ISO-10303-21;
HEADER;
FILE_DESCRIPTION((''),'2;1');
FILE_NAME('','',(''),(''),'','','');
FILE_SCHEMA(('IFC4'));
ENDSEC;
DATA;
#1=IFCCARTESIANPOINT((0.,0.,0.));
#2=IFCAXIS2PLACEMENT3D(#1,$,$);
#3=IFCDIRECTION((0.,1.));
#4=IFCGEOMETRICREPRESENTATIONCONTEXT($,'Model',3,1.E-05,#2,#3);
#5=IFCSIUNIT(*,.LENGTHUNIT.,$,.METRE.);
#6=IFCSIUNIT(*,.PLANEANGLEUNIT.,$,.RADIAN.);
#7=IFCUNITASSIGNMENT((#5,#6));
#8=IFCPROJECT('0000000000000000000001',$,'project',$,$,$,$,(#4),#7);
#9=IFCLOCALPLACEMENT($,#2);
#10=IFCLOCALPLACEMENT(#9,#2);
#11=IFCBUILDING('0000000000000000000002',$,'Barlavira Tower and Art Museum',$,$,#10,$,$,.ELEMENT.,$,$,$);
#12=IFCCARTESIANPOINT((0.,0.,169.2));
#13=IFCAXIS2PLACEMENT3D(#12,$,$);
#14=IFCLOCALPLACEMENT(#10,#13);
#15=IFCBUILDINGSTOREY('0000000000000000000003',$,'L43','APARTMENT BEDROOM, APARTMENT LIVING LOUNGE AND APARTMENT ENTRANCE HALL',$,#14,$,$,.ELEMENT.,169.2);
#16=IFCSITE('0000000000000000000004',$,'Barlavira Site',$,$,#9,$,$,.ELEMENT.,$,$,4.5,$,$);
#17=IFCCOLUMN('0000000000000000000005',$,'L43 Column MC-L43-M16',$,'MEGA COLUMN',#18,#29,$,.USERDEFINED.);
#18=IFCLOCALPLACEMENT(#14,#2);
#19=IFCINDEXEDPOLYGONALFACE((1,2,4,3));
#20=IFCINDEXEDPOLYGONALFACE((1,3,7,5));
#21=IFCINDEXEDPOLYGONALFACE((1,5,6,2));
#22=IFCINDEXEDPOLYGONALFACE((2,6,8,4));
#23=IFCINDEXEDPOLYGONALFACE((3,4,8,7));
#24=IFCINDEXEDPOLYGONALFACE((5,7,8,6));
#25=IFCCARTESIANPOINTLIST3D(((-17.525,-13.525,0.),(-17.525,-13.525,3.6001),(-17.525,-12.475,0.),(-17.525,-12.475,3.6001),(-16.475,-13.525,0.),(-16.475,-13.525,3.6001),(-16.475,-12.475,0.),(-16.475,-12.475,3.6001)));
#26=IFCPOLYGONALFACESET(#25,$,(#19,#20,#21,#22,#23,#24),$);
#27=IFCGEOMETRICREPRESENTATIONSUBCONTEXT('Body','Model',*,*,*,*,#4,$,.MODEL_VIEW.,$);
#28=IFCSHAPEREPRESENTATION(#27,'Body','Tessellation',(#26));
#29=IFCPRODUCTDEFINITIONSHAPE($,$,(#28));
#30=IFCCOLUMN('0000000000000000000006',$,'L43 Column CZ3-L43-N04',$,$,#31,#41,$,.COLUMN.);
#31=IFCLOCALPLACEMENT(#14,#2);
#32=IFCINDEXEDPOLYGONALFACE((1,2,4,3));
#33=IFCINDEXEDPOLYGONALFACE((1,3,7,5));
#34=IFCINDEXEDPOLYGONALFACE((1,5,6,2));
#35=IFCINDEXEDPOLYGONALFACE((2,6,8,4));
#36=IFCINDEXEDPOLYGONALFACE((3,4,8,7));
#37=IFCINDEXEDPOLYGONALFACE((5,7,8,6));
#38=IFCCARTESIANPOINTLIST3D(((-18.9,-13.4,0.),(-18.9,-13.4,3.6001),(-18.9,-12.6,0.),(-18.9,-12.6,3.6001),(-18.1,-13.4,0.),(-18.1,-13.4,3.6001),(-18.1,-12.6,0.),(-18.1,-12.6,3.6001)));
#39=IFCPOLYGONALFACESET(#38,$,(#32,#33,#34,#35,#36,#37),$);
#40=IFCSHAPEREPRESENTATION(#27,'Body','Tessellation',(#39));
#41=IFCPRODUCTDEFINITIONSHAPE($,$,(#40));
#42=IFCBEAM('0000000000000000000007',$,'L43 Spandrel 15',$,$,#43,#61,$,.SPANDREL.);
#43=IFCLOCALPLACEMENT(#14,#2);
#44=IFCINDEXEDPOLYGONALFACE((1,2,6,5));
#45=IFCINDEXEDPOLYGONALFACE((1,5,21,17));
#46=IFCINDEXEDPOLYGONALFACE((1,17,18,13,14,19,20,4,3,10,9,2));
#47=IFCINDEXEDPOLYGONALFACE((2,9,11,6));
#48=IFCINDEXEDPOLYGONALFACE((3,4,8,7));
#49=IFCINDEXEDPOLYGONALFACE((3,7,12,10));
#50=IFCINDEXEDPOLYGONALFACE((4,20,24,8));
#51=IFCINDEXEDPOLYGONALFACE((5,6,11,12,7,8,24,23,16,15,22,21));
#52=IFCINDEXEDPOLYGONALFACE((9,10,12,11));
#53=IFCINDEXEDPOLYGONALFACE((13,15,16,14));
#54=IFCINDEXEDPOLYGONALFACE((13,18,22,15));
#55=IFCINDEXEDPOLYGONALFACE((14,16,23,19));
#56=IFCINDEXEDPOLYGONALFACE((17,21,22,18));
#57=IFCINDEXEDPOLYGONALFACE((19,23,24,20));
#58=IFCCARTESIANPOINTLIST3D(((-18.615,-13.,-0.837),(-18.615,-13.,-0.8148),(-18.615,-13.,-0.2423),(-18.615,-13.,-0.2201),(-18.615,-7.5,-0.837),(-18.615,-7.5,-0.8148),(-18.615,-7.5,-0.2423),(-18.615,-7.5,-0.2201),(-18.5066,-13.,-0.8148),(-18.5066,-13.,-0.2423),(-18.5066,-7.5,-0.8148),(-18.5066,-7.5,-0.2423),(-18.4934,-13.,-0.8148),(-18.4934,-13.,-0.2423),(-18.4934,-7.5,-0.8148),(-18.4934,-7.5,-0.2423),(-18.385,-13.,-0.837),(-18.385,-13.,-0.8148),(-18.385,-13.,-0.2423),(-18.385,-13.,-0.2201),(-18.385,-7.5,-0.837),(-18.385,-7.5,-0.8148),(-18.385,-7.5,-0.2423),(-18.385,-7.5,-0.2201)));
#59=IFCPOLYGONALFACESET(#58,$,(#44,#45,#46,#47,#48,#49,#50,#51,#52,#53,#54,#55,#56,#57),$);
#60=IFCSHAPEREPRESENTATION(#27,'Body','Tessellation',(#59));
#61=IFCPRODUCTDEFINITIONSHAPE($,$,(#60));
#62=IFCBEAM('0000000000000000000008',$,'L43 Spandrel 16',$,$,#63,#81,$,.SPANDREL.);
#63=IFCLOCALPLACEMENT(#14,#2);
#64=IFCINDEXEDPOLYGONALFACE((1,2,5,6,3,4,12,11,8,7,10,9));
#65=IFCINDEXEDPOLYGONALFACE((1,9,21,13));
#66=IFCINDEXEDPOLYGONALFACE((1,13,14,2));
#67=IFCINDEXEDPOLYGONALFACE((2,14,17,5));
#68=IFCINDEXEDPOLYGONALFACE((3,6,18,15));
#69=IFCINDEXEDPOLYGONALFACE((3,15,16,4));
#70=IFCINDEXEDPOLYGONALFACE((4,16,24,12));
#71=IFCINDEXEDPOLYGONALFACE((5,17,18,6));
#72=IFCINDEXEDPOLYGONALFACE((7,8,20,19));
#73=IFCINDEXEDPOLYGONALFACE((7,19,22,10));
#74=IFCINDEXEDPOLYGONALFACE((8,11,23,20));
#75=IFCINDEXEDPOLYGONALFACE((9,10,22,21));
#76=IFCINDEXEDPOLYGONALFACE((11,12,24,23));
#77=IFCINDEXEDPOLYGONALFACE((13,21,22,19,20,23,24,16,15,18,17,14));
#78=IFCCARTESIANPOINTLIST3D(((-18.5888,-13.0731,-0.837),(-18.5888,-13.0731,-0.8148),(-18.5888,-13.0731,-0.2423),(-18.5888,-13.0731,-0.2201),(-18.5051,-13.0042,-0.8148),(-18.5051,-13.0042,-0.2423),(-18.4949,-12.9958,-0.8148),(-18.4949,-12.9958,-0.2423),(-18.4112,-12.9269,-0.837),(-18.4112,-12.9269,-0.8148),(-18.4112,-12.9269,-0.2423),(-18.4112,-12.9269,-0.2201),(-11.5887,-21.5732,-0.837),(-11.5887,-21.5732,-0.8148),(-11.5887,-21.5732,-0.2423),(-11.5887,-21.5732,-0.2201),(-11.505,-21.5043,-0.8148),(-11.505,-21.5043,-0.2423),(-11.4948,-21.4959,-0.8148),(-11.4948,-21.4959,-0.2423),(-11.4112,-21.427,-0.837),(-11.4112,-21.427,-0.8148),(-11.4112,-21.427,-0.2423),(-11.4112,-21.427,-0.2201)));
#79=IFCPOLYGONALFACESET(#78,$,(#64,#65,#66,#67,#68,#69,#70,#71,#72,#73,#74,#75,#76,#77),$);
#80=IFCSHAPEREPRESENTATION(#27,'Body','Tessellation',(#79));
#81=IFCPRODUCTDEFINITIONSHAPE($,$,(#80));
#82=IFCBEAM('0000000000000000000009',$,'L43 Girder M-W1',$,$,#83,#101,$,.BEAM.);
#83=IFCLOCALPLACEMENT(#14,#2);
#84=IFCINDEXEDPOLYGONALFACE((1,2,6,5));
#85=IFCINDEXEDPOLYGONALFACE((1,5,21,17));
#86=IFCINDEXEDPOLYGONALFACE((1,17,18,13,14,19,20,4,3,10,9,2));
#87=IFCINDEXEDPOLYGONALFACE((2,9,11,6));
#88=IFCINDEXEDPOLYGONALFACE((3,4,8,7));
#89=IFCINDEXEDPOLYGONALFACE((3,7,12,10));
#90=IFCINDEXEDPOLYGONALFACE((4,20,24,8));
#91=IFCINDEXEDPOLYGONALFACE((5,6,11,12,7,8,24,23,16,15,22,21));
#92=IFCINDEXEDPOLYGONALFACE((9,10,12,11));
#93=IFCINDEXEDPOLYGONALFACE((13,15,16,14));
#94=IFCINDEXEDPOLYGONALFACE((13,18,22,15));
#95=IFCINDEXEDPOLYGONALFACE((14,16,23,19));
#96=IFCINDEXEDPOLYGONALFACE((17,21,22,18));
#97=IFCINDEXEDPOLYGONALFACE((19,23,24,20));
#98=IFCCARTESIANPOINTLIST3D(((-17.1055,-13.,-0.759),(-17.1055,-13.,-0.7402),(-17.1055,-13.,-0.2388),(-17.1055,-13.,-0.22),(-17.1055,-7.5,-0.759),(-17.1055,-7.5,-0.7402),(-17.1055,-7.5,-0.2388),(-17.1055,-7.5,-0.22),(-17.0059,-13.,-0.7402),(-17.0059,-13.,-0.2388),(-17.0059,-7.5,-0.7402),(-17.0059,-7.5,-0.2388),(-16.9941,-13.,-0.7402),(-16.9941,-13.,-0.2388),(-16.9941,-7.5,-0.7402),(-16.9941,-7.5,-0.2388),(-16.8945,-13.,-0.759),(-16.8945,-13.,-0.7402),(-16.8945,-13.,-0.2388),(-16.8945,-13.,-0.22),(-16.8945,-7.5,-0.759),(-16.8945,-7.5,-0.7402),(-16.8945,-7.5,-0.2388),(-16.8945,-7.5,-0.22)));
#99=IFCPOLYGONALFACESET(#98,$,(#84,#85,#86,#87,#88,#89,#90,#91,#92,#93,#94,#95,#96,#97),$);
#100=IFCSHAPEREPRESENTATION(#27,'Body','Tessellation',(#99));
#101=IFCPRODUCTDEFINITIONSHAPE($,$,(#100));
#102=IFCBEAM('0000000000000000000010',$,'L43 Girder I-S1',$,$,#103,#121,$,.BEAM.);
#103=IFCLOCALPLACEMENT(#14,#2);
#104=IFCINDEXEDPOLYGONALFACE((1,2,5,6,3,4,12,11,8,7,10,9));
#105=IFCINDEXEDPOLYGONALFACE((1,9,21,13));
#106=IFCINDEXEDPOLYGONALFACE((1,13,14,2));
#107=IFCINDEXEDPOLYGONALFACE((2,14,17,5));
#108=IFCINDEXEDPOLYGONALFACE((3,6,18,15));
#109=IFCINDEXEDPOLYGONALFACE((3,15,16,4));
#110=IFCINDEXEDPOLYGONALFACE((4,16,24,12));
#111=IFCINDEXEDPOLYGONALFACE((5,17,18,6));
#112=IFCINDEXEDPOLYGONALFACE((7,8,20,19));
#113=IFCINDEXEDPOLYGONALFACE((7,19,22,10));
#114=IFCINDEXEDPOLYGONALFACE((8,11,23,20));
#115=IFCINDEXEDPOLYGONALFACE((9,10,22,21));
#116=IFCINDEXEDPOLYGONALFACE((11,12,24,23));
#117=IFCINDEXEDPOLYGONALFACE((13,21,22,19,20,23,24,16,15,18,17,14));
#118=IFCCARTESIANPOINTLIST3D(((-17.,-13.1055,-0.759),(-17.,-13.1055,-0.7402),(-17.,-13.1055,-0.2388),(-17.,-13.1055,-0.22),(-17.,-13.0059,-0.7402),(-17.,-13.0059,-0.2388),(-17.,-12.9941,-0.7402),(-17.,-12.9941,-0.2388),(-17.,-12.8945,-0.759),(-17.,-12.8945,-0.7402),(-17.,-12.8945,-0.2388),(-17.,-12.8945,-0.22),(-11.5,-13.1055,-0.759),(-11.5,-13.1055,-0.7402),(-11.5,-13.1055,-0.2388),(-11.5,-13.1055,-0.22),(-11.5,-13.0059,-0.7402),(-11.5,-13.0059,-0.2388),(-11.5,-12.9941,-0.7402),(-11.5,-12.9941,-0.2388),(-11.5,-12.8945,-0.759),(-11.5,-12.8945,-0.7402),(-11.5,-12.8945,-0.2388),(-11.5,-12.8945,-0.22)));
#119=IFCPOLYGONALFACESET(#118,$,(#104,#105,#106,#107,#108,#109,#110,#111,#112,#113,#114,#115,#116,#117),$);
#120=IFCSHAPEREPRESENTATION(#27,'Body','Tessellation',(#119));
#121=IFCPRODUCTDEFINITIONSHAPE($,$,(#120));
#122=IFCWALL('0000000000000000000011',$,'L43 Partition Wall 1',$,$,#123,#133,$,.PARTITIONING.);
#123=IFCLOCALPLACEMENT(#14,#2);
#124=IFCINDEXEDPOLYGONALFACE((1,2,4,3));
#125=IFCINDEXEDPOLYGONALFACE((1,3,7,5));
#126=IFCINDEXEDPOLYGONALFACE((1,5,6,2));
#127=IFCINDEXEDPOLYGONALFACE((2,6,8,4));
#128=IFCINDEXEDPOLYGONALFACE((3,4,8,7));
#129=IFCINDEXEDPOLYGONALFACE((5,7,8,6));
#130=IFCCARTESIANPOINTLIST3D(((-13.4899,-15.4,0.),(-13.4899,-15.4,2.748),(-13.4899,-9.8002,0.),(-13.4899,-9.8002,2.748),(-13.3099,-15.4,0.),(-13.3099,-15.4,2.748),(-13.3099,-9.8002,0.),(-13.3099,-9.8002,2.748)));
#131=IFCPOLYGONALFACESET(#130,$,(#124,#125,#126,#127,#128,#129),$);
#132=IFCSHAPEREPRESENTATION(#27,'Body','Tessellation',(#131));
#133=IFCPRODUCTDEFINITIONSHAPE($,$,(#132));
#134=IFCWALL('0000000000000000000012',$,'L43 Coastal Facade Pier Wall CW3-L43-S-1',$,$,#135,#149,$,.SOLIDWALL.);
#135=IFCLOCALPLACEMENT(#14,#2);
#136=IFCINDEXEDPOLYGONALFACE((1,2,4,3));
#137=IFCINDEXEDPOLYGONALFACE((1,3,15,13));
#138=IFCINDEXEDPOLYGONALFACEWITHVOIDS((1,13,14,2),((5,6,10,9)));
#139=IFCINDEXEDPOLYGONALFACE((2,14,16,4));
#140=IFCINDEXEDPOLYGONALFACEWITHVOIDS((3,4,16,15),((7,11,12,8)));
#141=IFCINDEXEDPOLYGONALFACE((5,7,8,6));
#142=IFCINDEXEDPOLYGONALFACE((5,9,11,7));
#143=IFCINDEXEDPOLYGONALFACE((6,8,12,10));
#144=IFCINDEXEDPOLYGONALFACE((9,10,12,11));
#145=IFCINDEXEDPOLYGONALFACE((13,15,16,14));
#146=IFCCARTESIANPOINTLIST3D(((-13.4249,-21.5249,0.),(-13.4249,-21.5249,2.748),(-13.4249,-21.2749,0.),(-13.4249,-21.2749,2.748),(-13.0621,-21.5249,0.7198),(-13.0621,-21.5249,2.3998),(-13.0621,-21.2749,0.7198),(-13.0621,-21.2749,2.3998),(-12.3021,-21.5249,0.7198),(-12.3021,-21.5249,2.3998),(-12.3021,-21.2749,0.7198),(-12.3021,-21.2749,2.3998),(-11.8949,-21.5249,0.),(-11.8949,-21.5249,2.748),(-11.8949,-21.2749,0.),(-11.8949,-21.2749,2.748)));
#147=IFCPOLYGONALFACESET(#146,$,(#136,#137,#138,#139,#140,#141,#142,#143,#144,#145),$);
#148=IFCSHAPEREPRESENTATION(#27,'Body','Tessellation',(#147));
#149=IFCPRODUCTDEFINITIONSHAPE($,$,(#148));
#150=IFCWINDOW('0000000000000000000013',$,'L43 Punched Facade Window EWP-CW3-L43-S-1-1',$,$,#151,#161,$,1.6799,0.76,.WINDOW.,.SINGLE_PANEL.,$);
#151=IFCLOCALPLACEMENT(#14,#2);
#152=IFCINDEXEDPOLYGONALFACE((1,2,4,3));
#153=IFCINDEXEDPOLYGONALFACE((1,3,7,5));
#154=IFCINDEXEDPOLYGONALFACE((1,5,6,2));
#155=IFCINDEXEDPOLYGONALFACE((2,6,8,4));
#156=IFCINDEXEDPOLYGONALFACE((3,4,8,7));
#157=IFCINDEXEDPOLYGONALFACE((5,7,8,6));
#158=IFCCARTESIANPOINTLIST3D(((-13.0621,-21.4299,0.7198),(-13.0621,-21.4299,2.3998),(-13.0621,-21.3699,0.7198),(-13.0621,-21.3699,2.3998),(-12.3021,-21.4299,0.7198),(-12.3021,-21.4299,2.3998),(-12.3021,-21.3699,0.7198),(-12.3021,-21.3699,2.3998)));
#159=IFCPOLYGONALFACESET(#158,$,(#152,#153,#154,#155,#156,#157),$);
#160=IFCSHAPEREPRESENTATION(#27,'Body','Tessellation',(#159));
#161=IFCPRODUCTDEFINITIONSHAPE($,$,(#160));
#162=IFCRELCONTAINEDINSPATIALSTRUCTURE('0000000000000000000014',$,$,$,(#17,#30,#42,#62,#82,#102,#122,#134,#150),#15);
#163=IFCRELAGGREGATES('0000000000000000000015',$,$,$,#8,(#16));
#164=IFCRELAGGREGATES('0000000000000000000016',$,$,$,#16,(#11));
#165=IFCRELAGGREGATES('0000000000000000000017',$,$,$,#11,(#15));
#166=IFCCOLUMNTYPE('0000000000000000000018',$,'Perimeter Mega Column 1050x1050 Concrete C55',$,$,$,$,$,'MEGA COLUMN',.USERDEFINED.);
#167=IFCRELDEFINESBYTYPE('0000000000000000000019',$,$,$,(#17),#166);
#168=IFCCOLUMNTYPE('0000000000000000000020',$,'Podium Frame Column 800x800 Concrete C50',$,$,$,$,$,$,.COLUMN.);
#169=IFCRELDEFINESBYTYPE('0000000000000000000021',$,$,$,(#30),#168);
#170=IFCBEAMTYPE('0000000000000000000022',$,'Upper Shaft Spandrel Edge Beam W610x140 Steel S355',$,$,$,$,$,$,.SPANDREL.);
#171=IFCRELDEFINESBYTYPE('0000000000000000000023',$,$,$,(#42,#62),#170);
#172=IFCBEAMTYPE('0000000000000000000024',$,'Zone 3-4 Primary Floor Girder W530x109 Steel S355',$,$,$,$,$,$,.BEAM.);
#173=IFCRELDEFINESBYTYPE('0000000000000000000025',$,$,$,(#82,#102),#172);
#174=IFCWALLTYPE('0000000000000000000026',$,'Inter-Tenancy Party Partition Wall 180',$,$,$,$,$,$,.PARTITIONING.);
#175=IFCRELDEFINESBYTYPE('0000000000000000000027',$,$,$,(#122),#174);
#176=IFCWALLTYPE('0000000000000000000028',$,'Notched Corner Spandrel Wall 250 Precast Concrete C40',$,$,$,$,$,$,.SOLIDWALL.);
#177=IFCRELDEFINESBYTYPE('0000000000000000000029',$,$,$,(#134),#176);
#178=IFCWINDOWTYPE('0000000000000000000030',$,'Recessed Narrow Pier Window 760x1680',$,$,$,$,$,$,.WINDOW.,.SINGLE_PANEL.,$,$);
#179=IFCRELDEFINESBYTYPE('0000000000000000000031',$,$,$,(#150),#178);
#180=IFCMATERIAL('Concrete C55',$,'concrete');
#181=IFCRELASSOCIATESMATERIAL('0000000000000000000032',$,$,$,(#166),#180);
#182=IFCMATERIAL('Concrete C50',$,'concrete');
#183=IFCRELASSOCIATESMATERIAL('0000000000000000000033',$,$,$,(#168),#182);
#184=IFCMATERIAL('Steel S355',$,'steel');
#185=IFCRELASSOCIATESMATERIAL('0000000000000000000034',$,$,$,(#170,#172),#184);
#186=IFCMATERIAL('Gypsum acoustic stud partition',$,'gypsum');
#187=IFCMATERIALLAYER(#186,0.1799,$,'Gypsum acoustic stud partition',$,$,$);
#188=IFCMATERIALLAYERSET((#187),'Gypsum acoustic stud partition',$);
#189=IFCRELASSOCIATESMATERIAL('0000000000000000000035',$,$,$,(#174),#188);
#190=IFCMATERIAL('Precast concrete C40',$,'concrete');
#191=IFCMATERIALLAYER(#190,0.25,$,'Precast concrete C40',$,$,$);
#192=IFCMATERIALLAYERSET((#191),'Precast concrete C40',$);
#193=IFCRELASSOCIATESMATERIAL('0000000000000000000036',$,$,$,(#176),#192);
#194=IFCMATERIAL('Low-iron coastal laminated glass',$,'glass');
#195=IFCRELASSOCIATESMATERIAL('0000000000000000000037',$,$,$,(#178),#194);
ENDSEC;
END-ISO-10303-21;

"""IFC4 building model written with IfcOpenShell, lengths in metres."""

from ifc_helpers import new_model, si_unit, direction, frame, frame_2d, origin, origin_2d, place, context, subcontext, project, spatial, rectangle, i_section, extrude, material, layer, layer_set, material_profile, profile_set, type_object, element, fill, save


model = new_model("IFC4")

# Units and contexts
model_context = context("Model", 3, precision=1e-05, world=origin(), true_north=direction((0.0, 1.0)))
body_context = subcontext(model_context, "Body", "Model", "MODEL_VIEW")
ifc_project = project(units=[si_unit("LENGTHUNIT", "METRE"), si_unit("PLANEANGLEUNIT", "RADIAN")], contexts=[model_context])

# Site, building, storey
site_placement = place(None, origin())
site = spatial("IfcSite", under=ifc_project, at=site_placement, Name="Barlavira Site", CompositionType="ELEMENT", RefElevation=4.5)
building_placement = place(site_placement, origin())
building = spatial("IfcBuilding", under=site, at=building_placement, Name="Barlavira Tower and Art Museum", CompositionType="ELEMENT")
storey_placement = place(building_placement, frame((0.0, 0.0, 169.2)))
storey = spatial("IfcBuildingStorey", under=building, at=storey_placement, Name="L43", Description="APARTMENT BEDROOM, APARTMENT LIVING LOUNGE AND APARTMENT ENTRANCE HALL", CompositionType="ELEMENT", Elevation=169.2)

# Columns
ifc_material_1 = material(Name="Concrete C55", Category="concrete")
ifc_material_profile_1 = material_profile(ifc_material_1, rectangle(XDim=1.05, YDim=1.05, at=origin_2d()), Name="RC-COL 1050x1050")
ifc_profile_set_1 = profile_set([ifc_material_profile_1], Name="Concrete C55")
column_type_1 = type_object("IfcColumnType", Name="Perimeter Mega Column 1050x1050 Concrete C55", ElementType="MEGA COLUMN", PredefinedType="USERDEFINED", material=ifc_profile_set_1)
column_1_placement = place(storey_placement, frame((-17.0, -13.0, 0.0), z_axis=(0.0, 0.0, 1.0), x_axis=(1.0, 0.0, 0.0)))
element("IfcColumn", 1, at=column_1_placement, inside=storey, type_object=column_type_1, Name="L43 Column MC-L43-M16", ObjectType="MEGA COLUMN", PredefinedType="USERDEFINED", context=body_context, shape_type="SweptSolid", body=[
    extrude(rectangle(XDim=1.05, YDim=1.05, at=origin_2d()), origin(), (0.0, 0.0, 1.0), 3.6001),
])
ifc_material_2 = material(Name="Concrete C50", Category="concrete")
ifc_material_profile_2 = material_profile(ifc_material_2, rectangle(XDim=0.8, YDim=0.8, at=origin_2d()), Name="RC-COL 800x800")
ifc_profile_set_2 = profile_set([ifc_material_profile_2], Name="Concrete C50")
column_type_2 = type_object("IfcColumnType", Name="Podium Frame Column 800x800 Concrete C50", PredefinedType="COLUMN", material=ifc_profile_set_2)
column_2_placement = place(storey_placement, frame((-18.5, -13.0, 0.0), z_axis=(0.0, 0.0, 1.0), x_axis=(1.0, 0.0, 0.0)))
element("IfcColumn", 2, at=column_2_placement, inside=storey, type_object=column_type_2, Name="L43 Column CZ3-L43-N04", PredefinedType="COLUMN", context=body_context, shape_type="SweptSolid", body=[
    extrude(rectangle(XDim=0.8, YDim=0.8, at=origin_2d()), origin(), (0.0, 0.0, 1.0), 3.6001),
])

# Beams
ifc_material_3 = material(Name="Steel S355", Category="steel")
ifc_material_profile_3 = material_profile(ifc_material_3, i_section(OverallWidth=0.23, OverallDepth=0.6169, WebThickness=0.0132, FlangeThickness=0.0222, at=origin_2d()), Name="W610x140.0")
ifc_profile_set_3 = profile_set([ifc_material_profile_3], Name="Steel S355")
beam_type_1 = type_object("IfcBeamType", Name="Upper Shaft Spandrel Edge Beam W610x140 Steel S355", PredefinedType="SPANDREL", material=ifc_profile_set_3)
beam_1_placement = place(storey_placement, frame((-18.5, -13.0, -0.5286), z_axis=(0.0, 1.0, 0.0), x_axis=(-1.0, 0.0, 0.0)))
element("IfcBeam", 3, at=beam_1_placement, inside=storey, type_object=beam_type_1, Name="L43 Spandrel 15", PredefinedType="SPANDREL", context=body_context, shape_type="SweptSolid", body=[
    extrude(i_section(OverallWidth=0.23, OverallDepth=0.6169, WebThickness=0.0132, FlangeThickness=0.0222, at=origin_2d()), origin(), (0.0, 0.0, 1.0), 5.5),
])
beam_2_placement = place(storey_placement, frame((-18.5, -13.0, -0.5286), z_axis=(0.635707, -0.77193, 0.0), x_axis=(0.77193, 0.635707, 0.0)))
element("IfcBeam", 4, at=beam_2_placement, inside=storey, type_object=beam_type_1, Name="L43 Spandrel 16", PredefinedType="SPANDREL", context=body_context, shape_type="SweptSolid", body=[
    extrude(i_section(OverallWidth=0.23, OverallDepth=0.6169, WebThickness=0.0132, FlangeThickness=0.0222, at=origin_2d()), origin(), (0.0, 0.0, 1.0), 11.0115),
])
ifc_material_profile_4 = material_profile(ifc_material_3, i_section(OverallWidth=0.2109, OverallDepth=0.5391, WebThickness=0.0117, FlangeThickness=0.0188, at=origin_2d()), Name="W530x109.0")
ifc_profile_set_4 = profile_set([ifc_material_profile_4], Name="Steel S355")
beam_type_2 = type_object("IfcBeamType", Name="Zone 3-4 Primary Floor Girder W530x109 Steel S355", PredefinedType="BEAM", material=ifc_profile_set_4)
for number, where, z_axis, x_axis, name in (
    (5, (-17.0, -13.0, -0.4895), (0.0, 1.0, 0.0), (-1.0, 0.0, 0.0), "L43 Girder M-W1"),
    (6, (-17.0, -13.0, -0.4895), (1.0, 0.0, 0.0), (0.0, 1.0, 0.0), "L43 Girder I-S1"),
):
    element("IfcBeam", number, at=place(storey_placement, frame(where, z_axis=z_axis, x_axis=x_axis)), inside=storey, type_object=beam_type_2, Name=name, PredefinedType="BEAM", context=body_context, shape_type="SweptSolid", body=[
        extrude(i_section(OverallWidth=0.2109, OverallDepth=0.5391, WebThickness=0.0117, FlangeThickness=0.0188, at=origin_2d()), origin(), (0.0, 0.0, 1.0), 5.5),
    ])

# Wall
ifc_material_4 = material(Name="Gypsum acoustic stud partition", Category="gypsum")
ifc_layer_1 = layer(ifc_material_4, 0.1799, Name="Gypsum acoustic stud partition")
ifc_layer_set_1 = layer_set([ifc_layer_1], Name="Gypsum acoustic stud partition")
wall_type_1 = type_object("IfcWallType", Name="Inter-Tenancy Party Partition Wall 180", PredefinedType="PARTITIONING", material=ifc_layer_set_1)
wall_1_placement = place(storey_placement, frame((-13.3999, -15.3999, 0.0), z_axis=(0.0, 0.0, 1.0), x_axis=(0.0, 1.0, 0.0)))
element("IfcWall", 7, at=wall_1_placement, inside=storey, type_object=wall_type_1, Name="L43 Partition Wall 1", PredefinedType="PARTITIONING", context=body_context, shape_type="SweptSolid", body=[
    extrude(rectangle(XDim=5.5999, YDim=0.1799, at=frame_2d((2.7998, 0.0))), origin(), (0.0, 0.0, 1.0), 2.748),
])

# Wall, opening, window
ifc_material_5 = material(Name="Precast concrete C40", Category="concrete")
ifc_layer_2 = layer(ifc_material_5, 0.25, Name="Precast concrete C40")
ifc_layer_set_2 = layer_set([ifc_layer_2], Name="Precast concrete C40")
wall_type_2 = type_object("IfcWallType", Name="Notched Corner Spandrel Wall 250 Precast Concrete C40", PredefinedType="SOLIDWALL", material=ifc_layer_set_2)
wall_2_placement = place(storey_placement, frame((-13.425, -21.3999, 0.0), z_axis=(0.0, 0.0, 1.0), x_axis=(1.0, 0.0, 0.0)))
wall_2 = element("IfcWall", 8, at=wall_2_placement, inside=storey, type_object=wall_type_2, Name="L43 Coastal Facade Pier Wall CW3-L43-S-1", PredefinedType="SOLIDWALL", context=body_context, shape_type="SweptSolid", body=[
    extrude(rectangle(XDim=1.53, YDim=0.25, at=frame_2d((0.7651, 0.0))), origin(), (0.0, 0.0, 1.0), 2.748),
])
opening_1_placement = place(wall_2_placement, frame((0.363, 0.0, 0.72)))
opening_1 = element("IfcOpeningElement", 9, at=opening_1_placement, cuts=wall_2, PredefinedType="OPENING", context=body_context, shape_type="SweptSolid", body=[
    extrude(rectangle(XDim=0.76, YDim=1.6799, at=frame_2d((0.3799, 0.8398))), frame((0.0, 0.135, 0.0), z_axis=(0.0, -1.0, 0.0), x_axis=(1.0, 0.0, 0.0)), (0.0, 0.0, 1.0), 0.27),
])
ifc_material_6 = material(Name="Low-iron coastal laminated glass", Category="glass")
window_type_1 = type_object("IfcWindowType", Name="Recessed Narrow Pier Window 760x1680", PartitioningType="SINGLE_PANEL", PredefinedType="WINDOW", material=ifc_material_6)
window_1_placement = place(opening_1_placement, origin())
window_1 = element("IfcWindow", 10, at=window_1_placement, inside=storey, type_object=window_type_1, Name="L43 Punched Facade Window EWP-CW3-L43-S-1-1", OverallHeight=1.6799, OverallWidth=0.76, PartitioningType="SINGLE_PANEL", PredefinedType="WINDOW", context=body_context, shape_type="SweptSolid", body=[
    extrude(rectangle(XDim=0.76, YDim=1.6799, at=frame_2d((0.3799, 0.8398))), frame((0.0, 0.03, 0.0), z_axis=(0.0, -1.0, 0.0), x_axis=(1.0, 0.0, 0.0)), (0.0, 0.0, 1.0), 0.0601),
])
fill(opening_1, window_1)

save(model, "model.ifc")
